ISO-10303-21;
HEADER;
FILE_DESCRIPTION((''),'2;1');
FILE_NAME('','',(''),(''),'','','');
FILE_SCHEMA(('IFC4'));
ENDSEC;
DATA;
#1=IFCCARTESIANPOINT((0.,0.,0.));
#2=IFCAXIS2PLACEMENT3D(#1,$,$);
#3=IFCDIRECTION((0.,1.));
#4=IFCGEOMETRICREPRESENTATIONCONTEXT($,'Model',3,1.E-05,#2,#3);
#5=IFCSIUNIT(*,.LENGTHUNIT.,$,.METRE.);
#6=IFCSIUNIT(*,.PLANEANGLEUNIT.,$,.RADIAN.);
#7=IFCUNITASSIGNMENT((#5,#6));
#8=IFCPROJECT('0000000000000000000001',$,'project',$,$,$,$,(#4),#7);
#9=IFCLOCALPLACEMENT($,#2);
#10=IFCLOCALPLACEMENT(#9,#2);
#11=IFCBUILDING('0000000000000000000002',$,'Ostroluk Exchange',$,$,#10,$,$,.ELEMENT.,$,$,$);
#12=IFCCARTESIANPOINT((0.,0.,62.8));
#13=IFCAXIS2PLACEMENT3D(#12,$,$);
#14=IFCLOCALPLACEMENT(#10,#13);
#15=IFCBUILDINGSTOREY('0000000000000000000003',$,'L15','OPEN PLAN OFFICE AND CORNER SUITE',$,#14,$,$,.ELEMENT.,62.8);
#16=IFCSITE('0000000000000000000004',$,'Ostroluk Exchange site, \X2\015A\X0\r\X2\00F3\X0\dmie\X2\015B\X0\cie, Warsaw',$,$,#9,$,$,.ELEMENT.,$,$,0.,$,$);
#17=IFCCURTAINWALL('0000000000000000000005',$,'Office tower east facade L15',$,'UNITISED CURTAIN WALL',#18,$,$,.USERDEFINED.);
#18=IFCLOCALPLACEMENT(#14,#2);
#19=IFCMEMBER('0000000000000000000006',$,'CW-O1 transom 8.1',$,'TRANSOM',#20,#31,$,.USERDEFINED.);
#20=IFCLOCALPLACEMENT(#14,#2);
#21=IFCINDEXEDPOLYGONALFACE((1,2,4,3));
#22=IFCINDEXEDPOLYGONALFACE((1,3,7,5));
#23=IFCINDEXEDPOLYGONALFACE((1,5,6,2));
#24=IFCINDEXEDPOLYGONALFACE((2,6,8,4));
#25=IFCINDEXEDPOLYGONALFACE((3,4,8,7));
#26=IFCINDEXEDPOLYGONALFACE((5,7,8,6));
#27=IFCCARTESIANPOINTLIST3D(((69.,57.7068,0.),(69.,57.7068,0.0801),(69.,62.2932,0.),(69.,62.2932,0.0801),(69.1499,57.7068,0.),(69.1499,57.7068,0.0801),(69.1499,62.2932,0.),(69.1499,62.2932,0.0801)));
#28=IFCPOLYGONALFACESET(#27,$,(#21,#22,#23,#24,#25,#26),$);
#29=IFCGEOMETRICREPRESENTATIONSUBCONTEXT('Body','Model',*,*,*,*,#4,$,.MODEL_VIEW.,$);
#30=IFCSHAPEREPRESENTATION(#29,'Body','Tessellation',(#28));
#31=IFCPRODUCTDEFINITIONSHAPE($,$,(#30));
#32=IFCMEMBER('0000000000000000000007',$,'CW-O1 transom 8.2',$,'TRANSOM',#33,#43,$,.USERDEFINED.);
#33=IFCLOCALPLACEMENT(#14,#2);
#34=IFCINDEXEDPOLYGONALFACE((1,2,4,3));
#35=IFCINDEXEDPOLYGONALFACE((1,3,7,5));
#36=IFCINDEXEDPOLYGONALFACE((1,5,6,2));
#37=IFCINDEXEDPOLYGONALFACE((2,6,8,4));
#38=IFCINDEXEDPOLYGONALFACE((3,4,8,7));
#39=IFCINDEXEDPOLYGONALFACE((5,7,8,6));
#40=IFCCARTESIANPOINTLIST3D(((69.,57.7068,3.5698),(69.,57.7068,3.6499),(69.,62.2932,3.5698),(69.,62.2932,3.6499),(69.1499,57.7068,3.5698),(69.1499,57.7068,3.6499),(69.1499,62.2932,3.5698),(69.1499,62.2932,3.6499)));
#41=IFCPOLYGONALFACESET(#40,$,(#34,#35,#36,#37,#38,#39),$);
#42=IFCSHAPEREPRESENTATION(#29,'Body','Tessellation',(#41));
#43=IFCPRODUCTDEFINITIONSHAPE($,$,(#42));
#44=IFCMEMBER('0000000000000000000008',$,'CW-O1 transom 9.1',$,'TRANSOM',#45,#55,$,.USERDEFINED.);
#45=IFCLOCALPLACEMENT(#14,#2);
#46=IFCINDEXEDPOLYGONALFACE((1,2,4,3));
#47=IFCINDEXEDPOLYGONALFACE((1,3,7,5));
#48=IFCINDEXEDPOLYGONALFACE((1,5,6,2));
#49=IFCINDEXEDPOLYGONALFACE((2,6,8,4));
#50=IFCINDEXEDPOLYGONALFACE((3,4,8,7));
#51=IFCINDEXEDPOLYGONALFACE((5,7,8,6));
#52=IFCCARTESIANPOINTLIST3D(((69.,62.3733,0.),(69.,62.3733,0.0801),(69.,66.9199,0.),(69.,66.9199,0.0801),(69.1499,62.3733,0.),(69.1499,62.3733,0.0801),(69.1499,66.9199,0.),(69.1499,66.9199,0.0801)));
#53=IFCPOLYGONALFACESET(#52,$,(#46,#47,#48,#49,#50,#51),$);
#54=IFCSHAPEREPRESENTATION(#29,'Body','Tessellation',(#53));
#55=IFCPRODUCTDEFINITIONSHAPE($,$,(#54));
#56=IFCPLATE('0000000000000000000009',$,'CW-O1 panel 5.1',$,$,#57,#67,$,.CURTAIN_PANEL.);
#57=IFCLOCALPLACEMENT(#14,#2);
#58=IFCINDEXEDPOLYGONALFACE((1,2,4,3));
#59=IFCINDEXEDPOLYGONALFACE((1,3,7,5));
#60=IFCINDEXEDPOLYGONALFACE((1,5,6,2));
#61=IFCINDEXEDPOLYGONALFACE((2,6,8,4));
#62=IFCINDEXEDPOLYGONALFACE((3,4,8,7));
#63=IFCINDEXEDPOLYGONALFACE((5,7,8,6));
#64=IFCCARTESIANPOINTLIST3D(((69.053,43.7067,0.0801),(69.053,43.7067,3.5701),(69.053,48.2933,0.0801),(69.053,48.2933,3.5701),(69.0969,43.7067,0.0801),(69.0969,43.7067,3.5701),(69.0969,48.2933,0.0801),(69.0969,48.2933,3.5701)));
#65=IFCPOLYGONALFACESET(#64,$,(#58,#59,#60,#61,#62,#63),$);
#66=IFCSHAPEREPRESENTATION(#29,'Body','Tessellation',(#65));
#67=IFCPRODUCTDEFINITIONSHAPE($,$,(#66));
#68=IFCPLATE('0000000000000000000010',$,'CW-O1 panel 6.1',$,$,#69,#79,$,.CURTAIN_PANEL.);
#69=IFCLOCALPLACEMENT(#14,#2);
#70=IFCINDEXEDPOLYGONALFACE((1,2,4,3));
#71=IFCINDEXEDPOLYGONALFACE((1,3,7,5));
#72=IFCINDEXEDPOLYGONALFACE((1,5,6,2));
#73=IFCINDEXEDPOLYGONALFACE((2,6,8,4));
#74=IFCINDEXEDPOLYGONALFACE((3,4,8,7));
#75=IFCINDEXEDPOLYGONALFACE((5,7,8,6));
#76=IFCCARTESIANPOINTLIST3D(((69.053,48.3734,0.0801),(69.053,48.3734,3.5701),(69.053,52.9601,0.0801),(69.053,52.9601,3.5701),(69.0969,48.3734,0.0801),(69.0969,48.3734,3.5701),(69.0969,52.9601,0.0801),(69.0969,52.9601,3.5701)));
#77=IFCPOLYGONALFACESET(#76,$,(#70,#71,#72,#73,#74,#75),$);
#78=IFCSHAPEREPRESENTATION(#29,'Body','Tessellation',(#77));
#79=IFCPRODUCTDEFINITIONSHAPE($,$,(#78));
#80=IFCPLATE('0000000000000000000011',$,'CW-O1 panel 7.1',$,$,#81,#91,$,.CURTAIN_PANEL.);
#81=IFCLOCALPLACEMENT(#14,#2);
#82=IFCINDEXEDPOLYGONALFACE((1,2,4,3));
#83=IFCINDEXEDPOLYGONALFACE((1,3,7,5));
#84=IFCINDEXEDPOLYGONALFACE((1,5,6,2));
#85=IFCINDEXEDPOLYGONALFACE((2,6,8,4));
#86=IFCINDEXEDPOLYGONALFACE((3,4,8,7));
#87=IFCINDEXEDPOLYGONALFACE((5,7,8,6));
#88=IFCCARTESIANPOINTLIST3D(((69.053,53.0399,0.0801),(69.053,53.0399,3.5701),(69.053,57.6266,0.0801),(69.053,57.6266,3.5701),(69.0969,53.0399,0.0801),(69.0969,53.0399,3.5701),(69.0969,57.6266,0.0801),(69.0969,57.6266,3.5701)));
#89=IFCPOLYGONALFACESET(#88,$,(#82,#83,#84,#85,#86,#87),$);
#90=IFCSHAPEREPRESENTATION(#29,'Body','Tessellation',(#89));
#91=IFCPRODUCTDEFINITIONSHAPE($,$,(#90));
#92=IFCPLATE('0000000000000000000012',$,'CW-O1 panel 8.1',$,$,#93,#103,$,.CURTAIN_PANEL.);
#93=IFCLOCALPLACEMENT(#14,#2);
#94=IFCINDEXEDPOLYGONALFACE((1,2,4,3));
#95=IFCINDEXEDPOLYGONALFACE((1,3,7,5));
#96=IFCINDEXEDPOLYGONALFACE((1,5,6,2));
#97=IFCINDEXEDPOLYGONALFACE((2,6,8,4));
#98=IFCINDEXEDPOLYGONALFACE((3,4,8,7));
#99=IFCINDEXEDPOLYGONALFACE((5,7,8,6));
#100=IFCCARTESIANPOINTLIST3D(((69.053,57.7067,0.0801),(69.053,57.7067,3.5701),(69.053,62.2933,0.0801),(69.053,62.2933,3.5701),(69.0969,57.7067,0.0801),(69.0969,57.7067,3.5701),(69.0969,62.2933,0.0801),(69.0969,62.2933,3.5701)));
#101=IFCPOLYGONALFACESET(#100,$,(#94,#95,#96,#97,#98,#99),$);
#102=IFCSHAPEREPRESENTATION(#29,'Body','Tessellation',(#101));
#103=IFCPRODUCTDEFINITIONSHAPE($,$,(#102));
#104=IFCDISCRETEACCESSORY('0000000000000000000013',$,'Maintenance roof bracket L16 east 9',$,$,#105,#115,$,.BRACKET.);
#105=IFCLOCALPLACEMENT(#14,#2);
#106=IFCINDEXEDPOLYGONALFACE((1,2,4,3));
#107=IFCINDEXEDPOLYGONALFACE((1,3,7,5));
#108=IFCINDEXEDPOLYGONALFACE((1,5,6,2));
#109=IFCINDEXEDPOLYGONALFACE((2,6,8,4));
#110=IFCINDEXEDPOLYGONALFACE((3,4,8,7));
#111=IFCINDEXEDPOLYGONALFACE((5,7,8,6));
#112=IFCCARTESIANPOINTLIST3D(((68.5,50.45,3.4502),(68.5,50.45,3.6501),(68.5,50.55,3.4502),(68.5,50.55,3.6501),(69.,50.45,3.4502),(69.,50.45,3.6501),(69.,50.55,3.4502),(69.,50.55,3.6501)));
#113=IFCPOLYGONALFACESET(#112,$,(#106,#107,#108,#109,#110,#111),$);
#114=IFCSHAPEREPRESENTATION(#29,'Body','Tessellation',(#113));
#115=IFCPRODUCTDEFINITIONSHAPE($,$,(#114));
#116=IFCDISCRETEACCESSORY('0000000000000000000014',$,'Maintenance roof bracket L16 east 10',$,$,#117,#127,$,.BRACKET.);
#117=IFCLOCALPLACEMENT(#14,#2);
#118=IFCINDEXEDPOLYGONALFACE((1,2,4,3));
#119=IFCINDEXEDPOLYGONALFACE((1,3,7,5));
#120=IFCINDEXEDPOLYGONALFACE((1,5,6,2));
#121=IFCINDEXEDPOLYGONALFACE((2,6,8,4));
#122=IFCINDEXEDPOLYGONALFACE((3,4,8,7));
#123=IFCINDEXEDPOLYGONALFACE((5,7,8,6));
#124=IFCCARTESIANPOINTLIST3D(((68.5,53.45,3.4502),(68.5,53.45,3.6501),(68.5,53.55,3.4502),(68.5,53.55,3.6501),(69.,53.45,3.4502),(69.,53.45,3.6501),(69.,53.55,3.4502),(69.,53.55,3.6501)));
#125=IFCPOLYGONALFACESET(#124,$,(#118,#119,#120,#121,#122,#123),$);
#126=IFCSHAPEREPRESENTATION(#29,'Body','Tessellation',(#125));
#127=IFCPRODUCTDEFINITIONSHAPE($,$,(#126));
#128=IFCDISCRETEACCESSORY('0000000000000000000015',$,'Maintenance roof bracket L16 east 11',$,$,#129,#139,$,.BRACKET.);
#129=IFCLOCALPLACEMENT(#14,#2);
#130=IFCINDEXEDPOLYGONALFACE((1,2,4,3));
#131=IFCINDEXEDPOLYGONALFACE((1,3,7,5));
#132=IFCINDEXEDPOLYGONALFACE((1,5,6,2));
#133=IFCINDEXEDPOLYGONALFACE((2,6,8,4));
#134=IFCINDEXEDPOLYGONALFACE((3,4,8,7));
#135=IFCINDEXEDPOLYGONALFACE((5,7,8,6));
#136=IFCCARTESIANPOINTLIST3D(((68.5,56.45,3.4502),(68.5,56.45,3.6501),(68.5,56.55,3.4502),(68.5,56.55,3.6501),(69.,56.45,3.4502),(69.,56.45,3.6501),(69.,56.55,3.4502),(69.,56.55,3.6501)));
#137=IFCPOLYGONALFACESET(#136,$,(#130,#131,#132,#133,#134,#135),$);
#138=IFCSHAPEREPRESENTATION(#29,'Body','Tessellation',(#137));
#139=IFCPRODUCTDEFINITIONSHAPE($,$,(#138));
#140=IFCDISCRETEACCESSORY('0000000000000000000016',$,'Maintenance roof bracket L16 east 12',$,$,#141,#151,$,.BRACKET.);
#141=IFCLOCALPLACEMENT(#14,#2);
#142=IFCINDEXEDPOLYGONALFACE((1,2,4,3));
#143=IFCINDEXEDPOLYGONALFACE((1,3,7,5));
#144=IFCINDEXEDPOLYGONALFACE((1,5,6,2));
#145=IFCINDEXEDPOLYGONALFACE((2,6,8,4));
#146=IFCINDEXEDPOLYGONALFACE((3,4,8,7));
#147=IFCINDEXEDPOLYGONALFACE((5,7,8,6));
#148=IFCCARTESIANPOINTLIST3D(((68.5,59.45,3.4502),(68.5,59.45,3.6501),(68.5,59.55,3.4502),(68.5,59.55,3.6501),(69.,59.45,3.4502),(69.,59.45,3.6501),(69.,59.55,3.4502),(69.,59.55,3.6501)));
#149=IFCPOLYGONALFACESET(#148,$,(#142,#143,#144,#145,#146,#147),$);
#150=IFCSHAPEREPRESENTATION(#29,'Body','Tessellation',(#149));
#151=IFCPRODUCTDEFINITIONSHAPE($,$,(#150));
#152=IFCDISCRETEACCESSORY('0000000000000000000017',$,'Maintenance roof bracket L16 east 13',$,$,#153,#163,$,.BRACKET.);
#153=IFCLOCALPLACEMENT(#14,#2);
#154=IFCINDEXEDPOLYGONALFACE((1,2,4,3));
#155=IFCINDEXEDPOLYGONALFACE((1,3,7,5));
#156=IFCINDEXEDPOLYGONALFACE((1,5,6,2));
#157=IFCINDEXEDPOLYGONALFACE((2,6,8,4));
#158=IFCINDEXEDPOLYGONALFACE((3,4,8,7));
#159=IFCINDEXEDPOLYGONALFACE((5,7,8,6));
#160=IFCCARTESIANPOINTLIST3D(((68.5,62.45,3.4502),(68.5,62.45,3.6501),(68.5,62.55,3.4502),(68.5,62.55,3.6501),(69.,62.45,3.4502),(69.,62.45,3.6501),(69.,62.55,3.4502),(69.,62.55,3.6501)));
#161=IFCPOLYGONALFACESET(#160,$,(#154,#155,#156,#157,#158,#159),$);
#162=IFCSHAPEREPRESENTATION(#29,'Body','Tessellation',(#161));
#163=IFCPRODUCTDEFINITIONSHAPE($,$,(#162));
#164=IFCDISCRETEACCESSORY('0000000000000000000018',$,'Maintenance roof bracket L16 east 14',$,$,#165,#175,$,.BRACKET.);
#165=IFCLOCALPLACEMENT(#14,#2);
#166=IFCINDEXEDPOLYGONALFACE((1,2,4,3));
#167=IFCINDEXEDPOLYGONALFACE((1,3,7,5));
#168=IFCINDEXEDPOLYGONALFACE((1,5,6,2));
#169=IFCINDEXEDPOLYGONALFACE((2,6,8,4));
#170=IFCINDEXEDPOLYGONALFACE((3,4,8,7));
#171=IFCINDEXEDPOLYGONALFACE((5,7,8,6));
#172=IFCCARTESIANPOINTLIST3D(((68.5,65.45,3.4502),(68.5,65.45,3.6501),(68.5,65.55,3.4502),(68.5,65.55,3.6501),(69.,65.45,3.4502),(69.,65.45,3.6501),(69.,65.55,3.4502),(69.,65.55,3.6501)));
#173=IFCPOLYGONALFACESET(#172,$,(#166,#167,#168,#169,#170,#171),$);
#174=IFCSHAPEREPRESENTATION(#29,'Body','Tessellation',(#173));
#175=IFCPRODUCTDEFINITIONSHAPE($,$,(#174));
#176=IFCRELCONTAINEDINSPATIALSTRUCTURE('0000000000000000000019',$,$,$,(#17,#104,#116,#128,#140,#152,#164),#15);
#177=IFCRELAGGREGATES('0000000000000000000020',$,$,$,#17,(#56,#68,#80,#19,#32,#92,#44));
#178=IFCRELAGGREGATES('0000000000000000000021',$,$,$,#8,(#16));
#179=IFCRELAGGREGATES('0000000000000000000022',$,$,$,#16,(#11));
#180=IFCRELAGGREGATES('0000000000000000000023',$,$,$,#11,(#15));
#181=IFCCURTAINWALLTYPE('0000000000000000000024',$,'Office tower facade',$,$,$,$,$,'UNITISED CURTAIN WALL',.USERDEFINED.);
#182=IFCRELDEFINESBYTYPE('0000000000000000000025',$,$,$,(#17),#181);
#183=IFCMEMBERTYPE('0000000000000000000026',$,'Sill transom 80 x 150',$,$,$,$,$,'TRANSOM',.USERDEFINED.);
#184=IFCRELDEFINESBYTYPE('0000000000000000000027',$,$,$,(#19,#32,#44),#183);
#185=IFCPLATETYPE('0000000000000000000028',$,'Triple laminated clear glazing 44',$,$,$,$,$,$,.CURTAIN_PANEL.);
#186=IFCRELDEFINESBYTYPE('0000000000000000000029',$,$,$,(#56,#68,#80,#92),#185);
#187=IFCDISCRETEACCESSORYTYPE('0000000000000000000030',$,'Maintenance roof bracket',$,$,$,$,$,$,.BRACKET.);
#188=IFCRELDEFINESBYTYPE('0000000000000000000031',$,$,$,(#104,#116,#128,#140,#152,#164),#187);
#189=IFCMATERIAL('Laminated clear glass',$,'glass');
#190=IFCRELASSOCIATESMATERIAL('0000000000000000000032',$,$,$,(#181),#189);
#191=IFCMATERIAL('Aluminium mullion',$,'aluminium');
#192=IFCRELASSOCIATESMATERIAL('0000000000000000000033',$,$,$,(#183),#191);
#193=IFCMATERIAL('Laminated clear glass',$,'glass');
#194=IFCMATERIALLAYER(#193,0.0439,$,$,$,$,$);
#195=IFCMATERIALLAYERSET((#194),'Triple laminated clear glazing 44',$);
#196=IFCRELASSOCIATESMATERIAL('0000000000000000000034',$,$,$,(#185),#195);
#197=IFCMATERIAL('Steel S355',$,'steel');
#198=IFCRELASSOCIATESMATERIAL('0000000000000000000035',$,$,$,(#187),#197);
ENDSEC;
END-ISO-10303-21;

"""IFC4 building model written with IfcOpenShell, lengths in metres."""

from ifc_helpers import new_model, si_unit, direction, frame, origin, origin_2d, place, context, subcontext, project, spatial, rectangle, extrude, material, layer, layer_set, material_profile, profile_set, type_object, element, aggregate, save


model = new_model("IFC4")

# Units and contexts
model_context = context("Model", 3, precision=1e-05, world=origin(), true_north=direction((0.0, 1.0)))
body_context = subcontext(model_context, "Body", "Model", "MODEL_VIEW")
ifc_project = project(units=[si_unit("LENGTHUNIT", "METRE"), si_unit("PLANEANGLEUNIT", "RADIAN")], contexts=[model_context])

# Site, building, storey
site_placement = place(None, origin())
site = spatial("IfcSite", under=ifc_project, at=site_placement, Name="Ostroluk Exchange site, Śródmieście, Warsaw", CompositionType="ELEMENT", RefElevation=0.0)
building_placement = place(site_placement, origin())
building = spatial("IfcBuilding", under=site, at=building_placement, Name="Ostroluk Exchange", CompositionType="ELEMENT")
storey_placement = place(building_placement, frame((0.0, 0.0, 62.8)))
storey = spatial("IfcBuildingStorey", under=building, at=storey_placement, Name="L15", Description="OPEN PLAN OFFICE AND CORNER SUITE", CompositionType="ELEMENT", Elevation=62.8)

# Curtain wall, members, plates
ifc_material_1 = material(Name="Laminated clear glass", Category="glass")
curtain_wall_type = type_object("IfcCurtainWallType", Name="Office tower facade", ElementType="UNITISED CURTAIN WALL", PredefinedType="USERDEFINED", material=ifc_material_1)
curtain_wall_placement = place(storey_placement, origin())
curtain_wall = element("IfcCurtainWall", 1, at=curtain_wall_placement, inside=storey, type_object=curtain_wall_type, Name="Office tower east facade L15", ObjectType="UNITISED CURTAIN WALL", PredefinedType="USERDEFINED")
ifc_material_2 = material(Name="Aluminium mullion", Category="aluminium")
ifc_material_profile_1 = material_profile(ifc_material_2, rectangle(XDim=0.1499, YDim=0.0801, at=origin_2d()), Name="Sill transom 80 x 150")
ifc_profile_set_1 = profile_set([ifc_material_profile_1], Name="Aluminium mullion")
member_type = type_object("IfcMemberType", Name="Sill transom 80 x 150", ElementType="TRANSOM", PredefinedType="USERDEFINED", material=ifc_profile_set_1)
member_1_placement = place(storey_placement, frame((69.075, 57.7068, 0.04), z_axis=(0.0, 1.0, 0.0), x_axis=(-1.0, 0.0, 0.0)))
member_1 = element("IfcMember", 2, at=member_1_placement, type_object=member_type, Name="CW-O1 transom 8.1", ObjectType="TRANSOM", PredefinedType="USERDEFINED", context=body_context, shape_type="SweptSolid", body=[
    extrude(rectangle(XDim=0.1499, YDim=0.0801, at=origin_2d()), origin(), (0.0, 0.0, 1.0), 4.5864),
])
member_2_placement = place(storey_placement, frame((69.075, 57.7068, 3.6099), z_axis=(0.0, 1.0, 0.0), x_axis=(-1.0, 0.0, 0.0)))
member_2 = element("IfcMember", 3, at=member_2_placement, type_object=member_type, Name="CW-O1 transom 8.2", ObjectType="TRANSOM", PredefinedType="USERDEFINED", context=body_context, shape_type="SweptSolid", body=[
    extrude(rectangle(XDim=0.1499, YDim=0.0801, at=origin_2d()), origin(), (0.0, 0.0, 1.0), 4.5864),
])
member_3_placement = place(storey_placement, frame((69.075, 62.3733, 0.04), z_axis=(0.0, 1.0, 0.0), x_axis=(-1.0, 0.0, 0.0)))
member_3 = element("IfcMember", 4, at=member_3_placement, type_object=member_type, Name="CW-O1 transom 9.1", ObjectType="TRANSOM", PredefinedType="USERDEFINED", context=body_context, shape_type="SweptSolid", body=[
    extrude(rectangle(XDim=0.1499, YDim=0.0801, at=origin_2d()), origin(), (0.0, 0.0, 1.0), 4.5466),
])
ifc_material_3 = material(Name="Laminated clear glass", Category="glass")
ifc_layer = layer(ifc_material_3, 0.0439)
ifc_layer_set = layer_set([ifc_layer], Name="Triple laminated clear glazing 44")
plate_type = type_object("IfcPlateType", Name="Triple laminated clear glazing 44", PredefinedType="CURTAIN_PANEL", material=ifc_layer_set)
plate_1_placement = place(storey_placement, frame((69.075, 46.0, 0.0801), z_axis=(0.0, 0.0, 1.0), x_axis=(0.0, 1.0, 0.0)))
plate_1 = element("IfcPlate", 5, at=plate_1_placement, type_object=plate_type, Name="CW-O1 panel 5.1", PredefinedType="CURTAIN_PANEL", context=body_context, shape_type="SweptSolid", body=[
    extrude(rectangle(XDim=4.5867, YDim=0.0439, at=origin_2d()), origin(), (0.0, 0.0, 1.0), 3.49),
])
plate_2_placement = place(storey_placement, frame((69.075, 50.6667, 0.0801), z_axis=(0.0, 0.0, 1.0), x_axis=(0.0, 1.0, 0.0)))
plate_2 = element("IfcPlate", 6, at=plate_2_placement, type_object=plate_type, Name="CW-O1 panel 6.1", PredefinedType="CURTAIN_PANEL", context=body_context, shape_type="SweptSolid", body=[
    extrude(rectangle(XDim=4.5867, YDim=0.0439, at=origin_2d()), origin(), (0.0, 0.0, 1.0), 3.49),
])
plate_3_placement = place(storey_placement, frame((69.075, 55.3333, 0.0801), z_axis=(0.0, 0.0, 1.0), x_axis=(0.0, 1.0, 0.0)))
plate_3 = element("IfcPlate", 7, at=plate_3_placement, type_object=plate_type, Name="CW-O1 panel 7.1", PredefinedType="CURTAIN_PANEL", context=body_context, shape_type="SweptSolid", body=[
    extrude(rectangle(XDim=4.5867, YDim=0.0439, at=origin_2d()), origin(), (0.0, 0.0, 1.0), 3.49),
])
plate_4_placement = place(storey_placement, frame((69.075, 60.0, 0.0801), z_axis=(0.0, 0.0, 1.0), x_axis=(0.0, 1.0, 0.0)))
plate_4 = element("IfcPlate", 8, at=plate_4_placement, type_object=plate_type, Name="CW-O1 panel 8.1", PredefinedType="CURTAIN_PANEL", context=body_context, shape_type="SweptSolid", body=[
    extrude(rectangle(XDim=4.5867, YDim=0.0439, at=origin_2d()), origin(), (0.0, 0.0, 1.0), 3.49),
])
aggregate(curtain_wall, [plate_1, plate_2, plate_3, member_1, member_2, plate_4, member_3])

# Discrete accessories
ifc_material_4 = material(Name="Steel S355", Category="steel")
discrete_accessory_type = type_object("IfcDiscreteAccessoryType", Name="Maintenance roof bracket", PredefinedType="BRACKET", material=ifc_material_4)
for number, where, z_axis, x_axis, name in (
    (9, (68.75, 50.5, 3.4502), (0.0, 0.0, 1.0), (1.0, 0.0, 0.0), "Maintenance roof bracket L16 east 9"),
    (10, (68.75, 53.5, 3.4502), (0.0, 0.0, 1.0), (1.0, 0.0, 0.0), "Maintenance roof bracket L16 east 10"),
    (11, (68.75, 56.5, 3.4502), (0.0, 0.0, 1.0), (1.0, 0.0, 0.0), "Maintenance roof bracket L16 east 11"),
    (12, (68.75, 59.5, 3.4502), (0.0, 0.0, 1.0), (1.0, 0.0, 0.0), "Maintenance roof bracket L16 east 12"),
    (13, (68.75, 62.5, 3.4502), (0.0, 0.0, 1.0), (1.0, 0.0, 0.0), "Maintenance roof bracket L16 east 13"),
    (14, (68.75, 65.5, 3.4502), (0.0, 0.0, 1.0), (1.0, 0.0, 0.0), "Maintenance roof bracket L16 east 14"),
):
    element("IfcDiscreteAccessory", number, at=place(storey_placement, frame(where, z_axis=z_axis, x_axis=x_axis)), inside=storey, type_object=discrete_accessory_type, Name=name, PredefinedType="BRACKET", context=body_context, shape_type="SweptSolid", body=[
        extrude(rectangle(XDim=0.5, YDim=0.1001, at=origin_2d()), origin(), (0.0, 0.0, 1.0), 0.2),
    ])

save(model, "model.ifc")
